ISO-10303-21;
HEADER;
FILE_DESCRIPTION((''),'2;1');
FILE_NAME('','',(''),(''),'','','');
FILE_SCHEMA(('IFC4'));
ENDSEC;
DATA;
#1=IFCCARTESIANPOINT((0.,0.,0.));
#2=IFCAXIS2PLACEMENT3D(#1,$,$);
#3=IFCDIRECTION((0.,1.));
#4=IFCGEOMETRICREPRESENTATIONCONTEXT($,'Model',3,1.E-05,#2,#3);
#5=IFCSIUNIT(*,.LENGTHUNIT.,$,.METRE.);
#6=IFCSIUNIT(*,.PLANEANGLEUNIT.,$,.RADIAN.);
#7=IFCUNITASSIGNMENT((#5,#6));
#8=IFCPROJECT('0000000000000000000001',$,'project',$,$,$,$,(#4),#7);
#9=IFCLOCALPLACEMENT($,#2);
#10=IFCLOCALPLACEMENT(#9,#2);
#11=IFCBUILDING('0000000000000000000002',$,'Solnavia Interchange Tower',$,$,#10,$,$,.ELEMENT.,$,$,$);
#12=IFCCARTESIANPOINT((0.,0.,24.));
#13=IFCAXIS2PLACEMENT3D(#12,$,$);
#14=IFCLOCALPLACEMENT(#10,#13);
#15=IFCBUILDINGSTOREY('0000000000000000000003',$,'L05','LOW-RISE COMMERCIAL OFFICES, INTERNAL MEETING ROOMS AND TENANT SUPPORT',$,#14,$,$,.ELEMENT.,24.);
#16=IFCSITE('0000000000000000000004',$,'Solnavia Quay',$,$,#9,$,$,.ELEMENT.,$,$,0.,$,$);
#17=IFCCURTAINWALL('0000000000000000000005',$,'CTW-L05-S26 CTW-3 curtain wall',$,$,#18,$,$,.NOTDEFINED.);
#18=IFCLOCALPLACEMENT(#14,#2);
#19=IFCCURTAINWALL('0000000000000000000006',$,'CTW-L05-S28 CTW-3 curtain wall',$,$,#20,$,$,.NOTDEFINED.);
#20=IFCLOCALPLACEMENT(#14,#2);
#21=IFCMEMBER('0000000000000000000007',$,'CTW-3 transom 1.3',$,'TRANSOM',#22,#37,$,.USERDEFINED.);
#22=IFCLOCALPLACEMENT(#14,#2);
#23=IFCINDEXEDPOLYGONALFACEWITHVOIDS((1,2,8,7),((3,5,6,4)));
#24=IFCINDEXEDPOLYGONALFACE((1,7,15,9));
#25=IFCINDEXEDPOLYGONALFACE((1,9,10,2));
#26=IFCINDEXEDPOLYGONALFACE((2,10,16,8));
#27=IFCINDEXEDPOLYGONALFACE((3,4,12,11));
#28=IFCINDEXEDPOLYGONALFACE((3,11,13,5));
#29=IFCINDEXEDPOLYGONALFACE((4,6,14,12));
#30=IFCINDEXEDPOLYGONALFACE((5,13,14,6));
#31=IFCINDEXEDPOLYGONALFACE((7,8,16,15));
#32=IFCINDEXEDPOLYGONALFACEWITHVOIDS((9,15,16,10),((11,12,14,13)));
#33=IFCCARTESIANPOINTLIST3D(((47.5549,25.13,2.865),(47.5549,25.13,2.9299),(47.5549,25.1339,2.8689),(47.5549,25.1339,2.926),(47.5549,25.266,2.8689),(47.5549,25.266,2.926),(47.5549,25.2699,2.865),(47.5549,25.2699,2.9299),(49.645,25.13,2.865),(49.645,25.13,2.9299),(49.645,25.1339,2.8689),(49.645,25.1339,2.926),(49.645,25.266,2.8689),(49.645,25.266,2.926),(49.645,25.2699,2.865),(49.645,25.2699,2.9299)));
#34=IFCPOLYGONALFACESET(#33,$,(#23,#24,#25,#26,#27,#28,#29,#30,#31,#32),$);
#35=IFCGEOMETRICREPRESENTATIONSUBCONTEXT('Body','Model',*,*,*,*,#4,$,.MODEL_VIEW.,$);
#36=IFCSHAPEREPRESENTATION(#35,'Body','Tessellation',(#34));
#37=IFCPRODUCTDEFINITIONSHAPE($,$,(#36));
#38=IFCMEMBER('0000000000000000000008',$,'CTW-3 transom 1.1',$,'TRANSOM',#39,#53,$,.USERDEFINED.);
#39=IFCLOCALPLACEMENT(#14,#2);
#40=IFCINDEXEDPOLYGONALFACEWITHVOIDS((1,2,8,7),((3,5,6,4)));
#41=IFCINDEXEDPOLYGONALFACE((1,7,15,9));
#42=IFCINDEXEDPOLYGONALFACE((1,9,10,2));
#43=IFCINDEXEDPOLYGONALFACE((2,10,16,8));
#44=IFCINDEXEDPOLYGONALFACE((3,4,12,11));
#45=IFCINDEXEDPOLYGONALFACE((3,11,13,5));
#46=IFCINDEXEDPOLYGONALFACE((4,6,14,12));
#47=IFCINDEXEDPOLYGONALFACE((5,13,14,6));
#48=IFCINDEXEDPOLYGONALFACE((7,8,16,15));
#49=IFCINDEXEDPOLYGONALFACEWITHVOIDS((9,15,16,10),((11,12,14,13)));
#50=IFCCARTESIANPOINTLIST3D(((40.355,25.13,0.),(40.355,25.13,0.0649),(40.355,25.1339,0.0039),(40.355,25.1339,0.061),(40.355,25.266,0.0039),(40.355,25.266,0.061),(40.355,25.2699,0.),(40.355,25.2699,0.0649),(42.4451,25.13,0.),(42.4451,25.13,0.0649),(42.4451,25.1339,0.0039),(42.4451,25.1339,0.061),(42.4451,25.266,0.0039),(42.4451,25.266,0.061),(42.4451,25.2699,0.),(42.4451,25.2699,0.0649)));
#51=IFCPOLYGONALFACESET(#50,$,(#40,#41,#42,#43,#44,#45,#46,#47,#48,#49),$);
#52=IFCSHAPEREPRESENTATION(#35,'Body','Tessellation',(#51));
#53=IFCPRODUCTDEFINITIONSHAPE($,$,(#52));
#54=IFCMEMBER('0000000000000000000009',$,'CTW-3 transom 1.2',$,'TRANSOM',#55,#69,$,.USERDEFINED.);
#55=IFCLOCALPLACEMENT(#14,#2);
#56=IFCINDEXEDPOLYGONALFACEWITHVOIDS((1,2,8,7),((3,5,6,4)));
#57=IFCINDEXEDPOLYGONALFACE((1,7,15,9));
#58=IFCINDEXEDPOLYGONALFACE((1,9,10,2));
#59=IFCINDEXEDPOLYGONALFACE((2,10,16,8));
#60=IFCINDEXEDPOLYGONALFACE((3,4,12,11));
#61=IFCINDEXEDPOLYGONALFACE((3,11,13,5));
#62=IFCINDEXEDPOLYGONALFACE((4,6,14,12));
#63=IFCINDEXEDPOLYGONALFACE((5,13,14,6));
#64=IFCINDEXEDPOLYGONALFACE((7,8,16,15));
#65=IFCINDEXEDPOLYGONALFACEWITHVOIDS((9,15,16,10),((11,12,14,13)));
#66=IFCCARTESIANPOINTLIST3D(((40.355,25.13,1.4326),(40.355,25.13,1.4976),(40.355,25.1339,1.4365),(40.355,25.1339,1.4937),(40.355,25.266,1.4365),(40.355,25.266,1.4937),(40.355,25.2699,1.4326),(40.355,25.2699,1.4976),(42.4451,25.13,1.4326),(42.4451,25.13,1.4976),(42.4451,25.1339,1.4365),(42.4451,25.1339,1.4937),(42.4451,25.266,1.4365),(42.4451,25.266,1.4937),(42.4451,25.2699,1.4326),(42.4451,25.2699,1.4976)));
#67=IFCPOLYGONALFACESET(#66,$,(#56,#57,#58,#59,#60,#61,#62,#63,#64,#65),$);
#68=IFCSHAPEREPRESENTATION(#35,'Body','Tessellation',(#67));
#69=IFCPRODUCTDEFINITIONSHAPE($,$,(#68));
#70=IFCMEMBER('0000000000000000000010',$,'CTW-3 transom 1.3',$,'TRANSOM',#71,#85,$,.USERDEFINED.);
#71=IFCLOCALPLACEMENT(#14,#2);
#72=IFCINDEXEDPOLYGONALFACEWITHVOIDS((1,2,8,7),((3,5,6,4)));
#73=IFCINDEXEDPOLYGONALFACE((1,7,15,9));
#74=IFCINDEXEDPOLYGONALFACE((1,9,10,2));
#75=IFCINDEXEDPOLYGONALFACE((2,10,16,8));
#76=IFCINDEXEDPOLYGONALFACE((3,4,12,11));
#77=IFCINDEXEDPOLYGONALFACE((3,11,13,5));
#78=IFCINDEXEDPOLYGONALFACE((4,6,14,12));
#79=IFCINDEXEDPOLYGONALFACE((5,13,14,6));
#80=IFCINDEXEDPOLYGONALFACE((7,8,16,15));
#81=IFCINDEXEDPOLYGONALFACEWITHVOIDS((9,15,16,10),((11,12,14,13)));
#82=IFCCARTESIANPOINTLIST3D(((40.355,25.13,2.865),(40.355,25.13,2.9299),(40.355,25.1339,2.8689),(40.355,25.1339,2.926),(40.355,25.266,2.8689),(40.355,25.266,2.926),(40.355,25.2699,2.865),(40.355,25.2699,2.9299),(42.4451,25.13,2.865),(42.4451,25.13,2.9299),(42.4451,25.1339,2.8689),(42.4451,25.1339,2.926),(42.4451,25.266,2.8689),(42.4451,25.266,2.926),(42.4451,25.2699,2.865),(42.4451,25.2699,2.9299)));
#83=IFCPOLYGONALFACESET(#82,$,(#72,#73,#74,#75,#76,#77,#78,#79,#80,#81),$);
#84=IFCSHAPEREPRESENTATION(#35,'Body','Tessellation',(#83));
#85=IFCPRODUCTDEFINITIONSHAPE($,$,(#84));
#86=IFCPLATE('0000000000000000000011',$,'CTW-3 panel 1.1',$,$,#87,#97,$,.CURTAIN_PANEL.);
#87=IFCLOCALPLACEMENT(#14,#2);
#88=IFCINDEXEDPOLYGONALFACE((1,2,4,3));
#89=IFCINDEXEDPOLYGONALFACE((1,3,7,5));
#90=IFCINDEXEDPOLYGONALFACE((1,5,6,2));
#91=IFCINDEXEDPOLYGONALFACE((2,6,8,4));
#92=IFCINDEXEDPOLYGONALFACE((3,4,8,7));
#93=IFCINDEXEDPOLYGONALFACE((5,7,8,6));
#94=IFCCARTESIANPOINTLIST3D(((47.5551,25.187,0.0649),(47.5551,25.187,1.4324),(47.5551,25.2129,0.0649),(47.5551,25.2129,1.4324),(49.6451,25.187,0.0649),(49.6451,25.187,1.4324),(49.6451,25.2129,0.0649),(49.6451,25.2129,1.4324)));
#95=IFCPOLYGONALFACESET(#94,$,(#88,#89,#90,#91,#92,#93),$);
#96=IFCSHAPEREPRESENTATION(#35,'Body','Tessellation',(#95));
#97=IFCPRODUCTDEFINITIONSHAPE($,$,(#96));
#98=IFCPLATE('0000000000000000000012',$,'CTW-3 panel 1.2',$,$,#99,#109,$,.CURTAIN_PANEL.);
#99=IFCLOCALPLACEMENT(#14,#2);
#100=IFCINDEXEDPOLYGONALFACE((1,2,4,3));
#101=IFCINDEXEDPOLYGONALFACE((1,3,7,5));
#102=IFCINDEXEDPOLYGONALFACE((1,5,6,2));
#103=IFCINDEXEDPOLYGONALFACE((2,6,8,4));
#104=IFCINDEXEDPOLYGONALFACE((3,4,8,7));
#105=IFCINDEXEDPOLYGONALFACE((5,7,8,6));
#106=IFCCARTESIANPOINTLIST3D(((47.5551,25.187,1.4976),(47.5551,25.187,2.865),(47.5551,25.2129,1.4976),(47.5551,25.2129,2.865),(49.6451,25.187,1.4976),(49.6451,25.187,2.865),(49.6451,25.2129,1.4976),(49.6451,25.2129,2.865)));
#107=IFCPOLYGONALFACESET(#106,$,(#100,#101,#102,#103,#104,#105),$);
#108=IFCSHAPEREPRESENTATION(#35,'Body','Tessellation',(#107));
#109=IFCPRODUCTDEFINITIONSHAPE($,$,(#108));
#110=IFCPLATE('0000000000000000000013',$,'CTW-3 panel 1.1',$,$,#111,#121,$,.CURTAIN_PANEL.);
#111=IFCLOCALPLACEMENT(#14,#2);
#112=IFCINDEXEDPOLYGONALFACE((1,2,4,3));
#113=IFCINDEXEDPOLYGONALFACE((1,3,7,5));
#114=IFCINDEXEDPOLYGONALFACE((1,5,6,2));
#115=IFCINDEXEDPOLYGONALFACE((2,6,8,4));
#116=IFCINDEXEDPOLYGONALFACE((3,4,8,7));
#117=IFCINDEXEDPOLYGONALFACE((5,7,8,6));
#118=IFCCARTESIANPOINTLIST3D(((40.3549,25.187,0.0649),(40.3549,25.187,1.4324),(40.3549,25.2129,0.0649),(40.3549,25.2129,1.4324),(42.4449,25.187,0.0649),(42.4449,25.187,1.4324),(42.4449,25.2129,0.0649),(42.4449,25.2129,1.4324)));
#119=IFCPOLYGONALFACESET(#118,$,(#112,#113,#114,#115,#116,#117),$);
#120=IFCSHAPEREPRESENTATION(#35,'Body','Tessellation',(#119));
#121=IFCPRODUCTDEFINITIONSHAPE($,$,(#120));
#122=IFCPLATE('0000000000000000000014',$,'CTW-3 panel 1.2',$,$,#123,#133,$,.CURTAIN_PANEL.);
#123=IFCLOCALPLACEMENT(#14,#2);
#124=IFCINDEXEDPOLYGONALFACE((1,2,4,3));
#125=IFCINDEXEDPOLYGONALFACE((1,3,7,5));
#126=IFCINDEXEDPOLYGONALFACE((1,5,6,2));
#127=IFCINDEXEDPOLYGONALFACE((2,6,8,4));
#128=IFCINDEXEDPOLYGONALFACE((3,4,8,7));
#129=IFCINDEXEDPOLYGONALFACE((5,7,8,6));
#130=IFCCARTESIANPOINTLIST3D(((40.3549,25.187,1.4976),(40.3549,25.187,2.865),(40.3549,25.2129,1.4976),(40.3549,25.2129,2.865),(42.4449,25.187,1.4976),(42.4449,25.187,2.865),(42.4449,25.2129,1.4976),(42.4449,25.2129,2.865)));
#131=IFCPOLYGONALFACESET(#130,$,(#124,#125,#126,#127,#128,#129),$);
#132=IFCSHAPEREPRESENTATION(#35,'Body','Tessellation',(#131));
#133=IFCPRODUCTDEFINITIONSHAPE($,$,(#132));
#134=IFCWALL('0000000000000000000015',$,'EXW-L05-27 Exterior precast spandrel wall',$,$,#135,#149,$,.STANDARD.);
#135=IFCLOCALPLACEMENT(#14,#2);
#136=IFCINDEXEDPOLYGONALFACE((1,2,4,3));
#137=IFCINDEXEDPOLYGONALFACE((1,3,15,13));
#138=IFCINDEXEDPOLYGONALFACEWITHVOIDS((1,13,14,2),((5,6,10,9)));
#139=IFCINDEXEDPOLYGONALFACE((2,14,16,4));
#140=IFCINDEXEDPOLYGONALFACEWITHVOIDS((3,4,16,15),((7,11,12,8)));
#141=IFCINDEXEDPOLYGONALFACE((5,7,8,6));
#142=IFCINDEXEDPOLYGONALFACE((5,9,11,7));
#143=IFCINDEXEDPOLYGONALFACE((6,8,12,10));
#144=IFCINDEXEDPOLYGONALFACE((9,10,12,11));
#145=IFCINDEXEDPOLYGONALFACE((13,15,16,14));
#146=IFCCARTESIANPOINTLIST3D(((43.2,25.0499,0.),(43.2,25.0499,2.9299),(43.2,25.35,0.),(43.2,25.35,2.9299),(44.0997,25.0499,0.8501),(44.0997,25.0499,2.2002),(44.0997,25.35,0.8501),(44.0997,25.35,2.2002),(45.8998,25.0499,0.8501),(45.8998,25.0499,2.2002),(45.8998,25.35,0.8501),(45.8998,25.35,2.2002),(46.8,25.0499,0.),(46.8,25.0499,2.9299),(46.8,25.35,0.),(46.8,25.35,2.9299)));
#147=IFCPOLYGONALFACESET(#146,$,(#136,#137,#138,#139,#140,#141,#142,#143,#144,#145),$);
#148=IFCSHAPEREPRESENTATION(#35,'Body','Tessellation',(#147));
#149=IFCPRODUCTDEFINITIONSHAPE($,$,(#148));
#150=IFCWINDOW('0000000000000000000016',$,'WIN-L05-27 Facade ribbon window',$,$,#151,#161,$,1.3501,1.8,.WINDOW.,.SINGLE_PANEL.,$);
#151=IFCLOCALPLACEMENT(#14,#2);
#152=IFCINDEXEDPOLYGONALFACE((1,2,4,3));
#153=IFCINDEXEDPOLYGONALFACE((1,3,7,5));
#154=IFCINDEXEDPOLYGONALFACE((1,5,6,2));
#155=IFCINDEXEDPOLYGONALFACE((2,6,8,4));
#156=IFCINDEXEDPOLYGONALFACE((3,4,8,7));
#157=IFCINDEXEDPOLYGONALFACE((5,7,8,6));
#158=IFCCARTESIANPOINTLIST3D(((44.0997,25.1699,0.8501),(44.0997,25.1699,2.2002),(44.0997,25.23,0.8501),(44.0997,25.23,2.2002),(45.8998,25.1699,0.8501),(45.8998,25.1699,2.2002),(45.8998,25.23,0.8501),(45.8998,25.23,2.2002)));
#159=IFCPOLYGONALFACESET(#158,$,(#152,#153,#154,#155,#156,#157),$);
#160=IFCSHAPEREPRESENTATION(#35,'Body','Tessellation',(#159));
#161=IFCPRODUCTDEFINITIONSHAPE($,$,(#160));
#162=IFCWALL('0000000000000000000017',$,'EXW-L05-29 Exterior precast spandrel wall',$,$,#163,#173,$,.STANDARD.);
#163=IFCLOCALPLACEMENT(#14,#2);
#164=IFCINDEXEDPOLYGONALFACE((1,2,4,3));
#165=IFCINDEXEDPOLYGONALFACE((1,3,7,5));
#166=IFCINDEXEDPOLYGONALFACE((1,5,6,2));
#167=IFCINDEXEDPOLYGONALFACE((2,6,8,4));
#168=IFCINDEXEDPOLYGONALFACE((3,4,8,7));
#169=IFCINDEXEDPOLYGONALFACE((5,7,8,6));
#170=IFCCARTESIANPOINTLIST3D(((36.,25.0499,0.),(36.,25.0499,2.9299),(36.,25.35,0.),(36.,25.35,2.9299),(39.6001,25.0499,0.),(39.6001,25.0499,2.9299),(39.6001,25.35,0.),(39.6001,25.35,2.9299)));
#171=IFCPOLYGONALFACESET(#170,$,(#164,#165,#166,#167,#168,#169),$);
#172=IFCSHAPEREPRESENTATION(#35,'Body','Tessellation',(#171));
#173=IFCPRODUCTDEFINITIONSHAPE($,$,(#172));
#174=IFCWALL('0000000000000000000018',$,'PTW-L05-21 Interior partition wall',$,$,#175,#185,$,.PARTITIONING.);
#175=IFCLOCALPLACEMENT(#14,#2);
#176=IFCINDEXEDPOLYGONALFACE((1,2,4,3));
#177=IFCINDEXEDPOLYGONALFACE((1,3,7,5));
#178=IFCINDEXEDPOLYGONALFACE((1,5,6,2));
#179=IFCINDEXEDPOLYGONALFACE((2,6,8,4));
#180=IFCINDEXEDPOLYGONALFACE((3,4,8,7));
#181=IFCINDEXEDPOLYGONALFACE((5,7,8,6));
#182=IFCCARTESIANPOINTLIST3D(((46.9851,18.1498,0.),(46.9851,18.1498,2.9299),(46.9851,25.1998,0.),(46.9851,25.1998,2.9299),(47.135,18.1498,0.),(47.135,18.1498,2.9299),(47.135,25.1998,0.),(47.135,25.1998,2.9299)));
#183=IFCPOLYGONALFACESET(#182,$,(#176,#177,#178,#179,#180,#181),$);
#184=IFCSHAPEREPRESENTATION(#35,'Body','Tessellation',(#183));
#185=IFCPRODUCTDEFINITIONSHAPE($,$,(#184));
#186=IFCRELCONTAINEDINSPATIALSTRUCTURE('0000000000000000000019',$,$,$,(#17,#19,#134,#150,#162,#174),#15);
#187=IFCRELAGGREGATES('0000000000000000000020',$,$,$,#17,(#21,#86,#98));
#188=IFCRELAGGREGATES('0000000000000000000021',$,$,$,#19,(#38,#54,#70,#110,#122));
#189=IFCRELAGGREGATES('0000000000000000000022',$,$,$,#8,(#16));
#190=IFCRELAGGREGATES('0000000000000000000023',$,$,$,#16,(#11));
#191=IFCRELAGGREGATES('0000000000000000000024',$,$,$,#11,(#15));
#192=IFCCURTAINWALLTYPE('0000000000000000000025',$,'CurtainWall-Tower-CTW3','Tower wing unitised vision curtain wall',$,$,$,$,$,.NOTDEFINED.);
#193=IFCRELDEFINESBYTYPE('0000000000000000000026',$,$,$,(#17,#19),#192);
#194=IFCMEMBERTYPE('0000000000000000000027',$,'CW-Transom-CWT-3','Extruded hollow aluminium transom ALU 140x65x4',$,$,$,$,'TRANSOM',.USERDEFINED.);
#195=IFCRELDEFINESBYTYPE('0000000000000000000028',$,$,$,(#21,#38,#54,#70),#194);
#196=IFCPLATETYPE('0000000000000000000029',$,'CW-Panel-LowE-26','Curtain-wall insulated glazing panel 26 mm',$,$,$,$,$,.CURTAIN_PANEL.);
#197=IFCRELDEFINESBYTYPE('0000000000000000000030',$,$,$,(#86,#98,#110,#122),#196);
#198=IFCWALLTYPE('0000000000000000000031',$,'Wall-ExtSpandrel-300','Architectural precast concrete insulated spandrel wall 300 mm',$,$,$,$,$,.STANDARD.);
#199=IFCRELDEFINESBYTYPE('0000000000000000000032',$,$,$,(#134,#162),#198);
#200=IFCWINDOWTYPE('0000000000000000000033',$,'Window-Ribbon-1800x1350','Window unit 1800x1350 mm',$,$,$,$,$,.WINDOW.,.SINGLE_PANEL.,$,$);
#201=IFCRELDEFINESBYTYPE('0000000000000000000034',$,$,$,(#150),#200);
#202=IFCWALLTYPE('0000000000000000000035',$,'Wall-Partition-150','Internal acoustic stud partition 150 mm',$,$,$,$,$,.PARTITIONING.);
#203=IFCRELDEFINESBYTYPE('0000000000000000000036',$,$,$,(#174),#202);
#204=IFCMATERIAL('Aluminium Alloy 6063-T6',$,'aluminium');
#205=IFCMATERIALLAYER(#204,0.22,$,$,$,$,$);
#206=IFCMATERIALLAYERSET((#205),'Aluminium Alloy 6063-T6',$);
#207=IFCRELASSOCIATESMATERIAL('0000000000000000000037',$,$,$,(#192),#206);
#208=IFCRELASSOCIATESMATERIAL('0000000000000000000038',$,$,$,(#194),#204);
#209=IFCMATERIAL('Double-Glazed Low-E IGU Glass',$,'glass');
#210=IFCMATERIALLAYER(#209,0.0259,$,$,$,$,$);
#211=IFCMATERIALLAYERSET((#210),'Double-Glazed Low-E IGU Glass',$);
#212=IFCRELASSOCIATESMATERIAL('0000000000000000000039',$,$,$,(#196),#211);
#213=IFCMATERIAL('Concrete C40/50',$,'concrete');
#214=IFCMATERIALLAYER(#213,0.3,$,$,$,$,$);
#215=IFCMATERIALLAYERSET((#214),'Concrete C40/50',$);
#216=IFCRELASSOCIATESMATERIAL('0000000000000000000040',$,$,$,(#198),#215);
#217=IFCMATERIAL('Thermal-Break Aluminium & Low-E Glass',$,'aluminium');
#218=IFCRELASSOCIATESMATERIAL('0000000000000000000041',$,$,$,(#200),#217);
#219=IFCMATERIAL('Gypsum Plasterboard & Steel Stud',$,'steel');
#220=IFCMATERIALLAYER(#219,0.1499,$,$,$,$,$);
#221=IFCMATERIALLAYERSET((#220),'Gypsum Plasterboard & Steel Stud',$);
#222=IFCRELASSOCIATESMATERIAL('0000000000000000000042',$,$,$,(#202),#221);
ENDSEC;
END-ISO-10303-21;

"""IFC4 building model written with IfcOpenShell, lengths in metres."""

from ifc_helpers import new_model, si_unit, direction, frame, frame_2d, origin, origin_2d, place, context, subcontext, project, spatial, rectangle, hollow_rectangle, extrude, material, layer, layer_set, material_profile, profile_set, type_object, element, fill, aggregate, save


model = new_model("IFC4")

# Units and contexts
model_context = context("Model", 3, precision=1e-05, world=origin(), true_north=direction((0.0, 1.0)))
body_context = subcontext(model_context, "Body", "Model", "MODEL_VIEW")
ifc_project = project(units=[si_unit("LENGTHUNIT", "METRE"), si_unit("PLANEANGLEUNIT", "RADIAN")], contexts=[model_context])

# Site, building, storey
site_placement = place(None, origin())
site = spatial("IfcSite", under=ifc_project, at=site_placement, Name="Solnavia Quay", CompositionType="ELEMENT", RefElevation=0.0)
building_placement = place(site_placement, origin())
building = spatial("IfcBuilding", under=site, at=building_placement, Name="Solnavia Interchange Tower", CompositionType="ELEMENT")
storey_placement = place(building_placement, frame((0.0, 0.0, 24.0)))
storey = spatial("IfcBuildingStorey", under=building, at=storey_placement, Name="L05", Description="LOW-RISE COMMERCIAL OFFICES, INTERNAL MEETING ROOMS AND TENANT SUPPORT", CompositionType="ELEMENT", Elevation=24.0)

# Curtain wall
ifc_material_1 = material(Name="Aluminium Alloy 6063-T6", Category="aluminium")
ifc_layer_1 = layer(ifc_material_1, 0.22)
ifc_layer_set_1 = layer_set([ifc_layer_1], Name="Aluminium Alloy 6063-T6")
curtain_wall_type = type_object("IfcCurtainWallType", Name="CurtainWall-Tower-CTW3", Description="Tower wing unitised vision curtain wall", PredefinedType="NOTDEFINED", material=ifc_layer_set_1)
curtain_wall_1_placement = place(storey_placement, origin())
curtain_wall_1 = element("IfcCurtainWall", 1, at=curtain_wall_1_placement, inside=storey, type_object=curtain_wall_type, Name="CTW-L05-S26 CTW-3 curtain wall", PredefinedType="NOTDEFINED")

# Curtain wall
curtain_wall_2_placement = place(storey_placement, origin())
curtain_wall_2 = element("IfcCurtainWall", 2, at=curtain_wall_2_placement, inside=storey, type_object=curtain_wall_type, Name="CTW-L05-S28 CTW-3 curtain wall", PredefinedType="NOTDEFINED")

# Members
ifc_material_profile_1 = material_profile(ifc_material_1, hollow_rectangle(XDim=0.0649, YDim=0.1399, WallThickness=0.0039, at=origin_2d()), Name="ALU 140x65x4")
ifc_profile_set_1 = profile_set([ifc_material_profile_1], Name="Aluminium Alloy 6063-T6")
member_type_1 = type_object("IfcMemberType", Name="CW-Transom-CWT-3", Description="Extruded hollow aluminium transom ALU 140x65x4", ElementType="TRANSOM", PredefinedType="USERDEFINED", material=ifc_profile_set_1)
member_1_placement = place(storey_placement, frame((49.645, 25.2, 2.8975), z_axis=(-1.0, 0.0, 0.0), x_axis=(0.0, 0.0, 1.0)))
member_1 = element("IfcMember", 3, at=member_1_placement, type_object=member_type_1, Name="CTW-3 transom 1.3", ObjectType="TRANSOM", PredefinedType="USERDEFINED", context=body_context, shape_type="SweptSolid", body=[
    extrude(hollow_rectangle(XDim=0.0649, YDim=0.1399, WallThickness=0.0039, at=origin_2d()), origin(), (0.0, 0.0, 1.0), 2.0901),
])
member_2_placement = place(storey_placement, frame((42.4451, 25.2, 0.0325), z_axis=(-1.0, 0.0, 0.0), x_axis=(0.0, 0.0, 1.0)))
member_2 = element("IfcMember", 4, at=member_2_placement, type_object=member_type_1, Name="CTW-3 transom 1.1", ObjectType="TRANSOM", PredefinedType="USERDEFINED", context=body_context, shape_type="SweptSolid", body=[
    extrude(hollow_rectangle(XDim=0.0649, YDim=0.1399, WallThickness=0.0039, at=origin_2d()), origin(), (0.0, 0.0, 1.0), 2.0901),
])
member_3_placement = place(storey_placement, frame((42.4451, 25.2, 1.4651), z_axis=(-1.0, 0.0, 0.0), x_axis=(0.0, 0.0, 1.0)))
member_3 = element("IfcMember", 5, at=member_3_placement, type_object=member_type_1, Name="CTW-3 transom 1.2", ObjectType="TRANSOM", PredefinedType="USERDEFINED", context=body_context, shape_type="SweptSolid", body=[
    extrude(hollow_rectangle(XDim=0.0649, YDim=0.1399, WallThickness=0.0039, at=origin_2d()), origin(), (0.0, 0.0, 1.0), 2.0901),
])
member_4_placement = place(storey_placement, frame((42.4451, 25.2, 2.8975), z_axis=(-1.0, 0.0, 0.0), x_axis=(0.0, 0.0, 1.0)))
member_4 = element("IfcMember", 6, at=member_4_placement, type_object=member_type_1, Name="CTW-3 transom 1.3", ObjectType="TRANSOM", PredefinedType="USERDEFINED", context=body_context, shape_type="SweptSolid", body=[
    extrude(hollow_rectangle(XDim=0.0649, YDim=0.1399, WallThickness=0.0039, at=origin_2d()), origin(), (0.0, 0.0, 1.0), 2.0901),
])

# Plates
ifc_material_2 = material(Name="Double-Glazed Low-E IGU Glass", Category="glass")
ifc_layer_2 = layer(ifc_material_2, 0.0259)
ifc_layer_set_2 = layer_set([ifc_layer_2], Name="Double-Glazed Low-E IGU Glass")
plate_type = type_object("IfcPlateType", Name="CW-Panel-LowE-26", Description="Curtain-wall insulated glazing panel 26 mm", PredefinedType="CURTAIN_PANEL", material=ifc_layer_set_2)
plate_1_placement = place(storey_placement, frame((48.6001, 25.2, 0.0649), z_axis=(0.0, 0.0, 1.0), x_axis=(-1.0, 0.0, 0.0)))
plate_1 = element("IfcPlate", 7, at=plate_1_placement, type_object=plate_type, Name="CTW-3 panel 1.1", PredefinedType="CURTAIN_PANEL", context=body_context, shape_type="SweptSolid", body=[
    extrude(rectangle(XDim=2.0901, YDim=0.0259, at=origin_2d()), origin(), (0.0, 0.0, 1.0), 1.3674),
])
plate_2_placement = place(storey_placement, frame((48.6001, 25.2, 1.4976), z_axis=(0.0, 0.0, 1.0), x_axis=(-1.0, 0.0, 0.0)))
plate_2 = element("IfcPlate", 8, at=plate_2_placement, type_object=plate_type, Name="CTW-3 panel 1.2", PredefinedType="CURTAIN_PANEL", context=body_context, shape_type="SweptSolid", body=[
    extrude(rectangle(XDim=2.0901, YDim=0.0259, at=origin_2d()), origin(), (0.0, 0.0, 1.0), 1.3674),
])
aggregate(curtain_wall_1, [member_1, plate_1, plate_2])
plate_3_placement = place(storey_placement, frame((41.3999, 25.2, 0.0649), z_axis=(0.0, 0.0, 1.0), x_axis=(-1.0, 0.0, 0.0)))
plate_3 = element("IfcPlate", 9, at=plate_3_placement, type_object=plate_type, Name="CTW-3 panel 1.1", PredefinedType="CURTAIN_PANEL", context=body_context, shape_type="SweptSolid", body=[
    extrude(rectangle(XDim=2.0901, YDim=0.0259, at=origin_2d()), origin(), (0.0, 0.0, 1.0), 1.3674),
])
plate_4_placement = place(storey_placement, frame((41.3999, 25.2, 1.4976), z_axis=(0.0, 0.0, 1.0), x_axis=(-1.0, 0.0, 0.0)))
plate_4 = element("IfcPlate", 10, at=plate_4_placement, type_object=plate_type, Name="CTW-3 panel 1.2", PredefinedType="CURTAIN_PANEL", context=body_context, shape_type="SweptSolid", body=[
    extrude(rectangle(XDim=2.0901, YDim=0.0259, at=origin_2d()), origin(), (0.0, 0.0, 1.0), 1.3674),
])
aggregate(curtain_wall_2, [member_2, member_3, member_4, plate_3, plate_4])

# Wall, opening, window
ifc_material_3 = material(Name="Concrete C40/50", Category="concrete")
ifc_layer_3 = layer(ifc_material_3, 0.3)
ifc_layer_set_3 = layer_set([ifc_layer_3], Name="Concrete C40/50")
wall_type_1 = type_object("IfcWallType", Name="Wall-ExtSpandrel-300", Description="Architectural precast concrete insulated spandrel wall 300 mm", PredefinedType="STANDARD", material=ifc_layer_set_3)
wall_1_placement = place(storey_placement, frame((43.2, 25.2, 0.0), z_axis=(0.0, 0.0, 1.0), x_axis=(1.0, 0.0, 0.0)))
wall_1 = element("IfcWall", 11, at=wall_1_placement, inside=storey, type_object=wall_type_1, Name="EXW-L05-27 Exterior precast spandrel wall", PredefinedType="STANDARD", context=body_context, shape_type="SweptSolid", body=[
    extrude(rectangle(XDim=3.6001, YDim=0.3, at=frame_2d((1.8, 0.0))), origin(), (0.0, 0.0, 1.0), 2.9299),
])
opening_1_placement = place(wall_1_placement, frame((0.8999, 0.0, 0.8501)))
opening_1 = element("IfcOpeningElement", 12, at=opening_1_placement, cuts=wall_1, PredefinedType="OPENING", context=body_context, shape_type="SweptSolid", body=[
    extrude(rectangle(XDim=1.8, YDim=1.3501, at=frame_2d((0.8999, 0.675))), frame((0.0, 0.1602, 0.0), z_axis=(0.0, -1.0, 0.0), x_axis=(1.0, 0.0, 0.0)), (0.0, 0.0, 1.0), 0.3201),
])
ifc_material_4 = material(Name="Thermal-Break Aluminium & Low-E Glass", Category="aluminium")
window_type = type_object("IfcWindowType", Name="Window-Ribbon-1800x1350", Description="Window unit 1800x1350 mm", PartitioningType="SINGLE_PANEL", PredefinedType="WINDOW", material=ifc_material_4)
window_placement = place(opening_1_placement, origin())
window = element("IfcWindow", 13, at=window_placement, inside=storey, type_object=window_type, Name="WIN-L05-27 Facade ribbon window", OverallHeight=1.3501, OverallWidth=1.8, PartitioningType="SINGLE_PANEL", PredefinedType="WINDOW", context=body_context, shape_type="SweptSolid", body=[
    extrude(rectangle(XDim=1.8, YDim=1.3501, at=frame_2d((0.8999, 0.675))), frame((0.0, 0.03, 0.0), z_axis=(0.0, -1.0, 0.0), x_axis=(1.0, 0.0, 0.0)), (0.0, 0.0, 1.0), 0.0601),
])
fill(opening_1, window)

# Walls
wall_2_placement = place(storey_placement, frame((36.0, 25.2, 0.0), z_axis=(0.0, 0.0, 1.0), x_axis=(1.0, 0.0, 0.0)))
element("IfcWall", 14, at=wall_2_placement, inside=storey, type_object=wall_type_1, Name="EXW-L05-29 Exterior precast spandrel wall", PredefinedType="STANDARD", context=body_context, shape_type="SweptSolid", body=[
    extrude(rectangle(XDim=3.6001, YDim=0.3, at=frame_2d((1.8, 0.0))), origin(), (0.0, 0.0, 1.0), 2.9299),
])
ifc_material_5 = material(Name="Gypsum Plasterboard & Steel Stud", Category="steel")
ifc_layer_4 = layer(ifc_material_5, 0.1499)
ifc_layer_set_4 = layer_set([ifc_layer_4], Name="Gypsum Plasterboard & Steel Stud")
wall_type_2 = type_object("IfcWallType", Name="Wall-Partition-150", Description="Internal acoustic stud partition 150 mm", PredefinedType="PARTITIONING", material=ifc_layer_set_4)
wall_3_placement = place(storey_placement, frame((47.0601, 18.1499, 0.0), z_axis=(0.0, 0.0, 1.0), x_axis=(0.0, 1.0, 0.0)))
element("IfcWall", 15, at=wall_3_placement, inside=storey, type_object=wall_type_2, Name="PTW-L05-21 Interior partition wall", PredefinedType="PARTITIONING", context=body_context, shape_type="SweptSolid", body=[
    extrude(rectangle(XDim=7.05, YDim=0.1499, at=frame_2d((3.5249, 0.0))), origin(), (0.0, 0.0, 1.0), 2.9299),
])

save(model, "model.ifc")
